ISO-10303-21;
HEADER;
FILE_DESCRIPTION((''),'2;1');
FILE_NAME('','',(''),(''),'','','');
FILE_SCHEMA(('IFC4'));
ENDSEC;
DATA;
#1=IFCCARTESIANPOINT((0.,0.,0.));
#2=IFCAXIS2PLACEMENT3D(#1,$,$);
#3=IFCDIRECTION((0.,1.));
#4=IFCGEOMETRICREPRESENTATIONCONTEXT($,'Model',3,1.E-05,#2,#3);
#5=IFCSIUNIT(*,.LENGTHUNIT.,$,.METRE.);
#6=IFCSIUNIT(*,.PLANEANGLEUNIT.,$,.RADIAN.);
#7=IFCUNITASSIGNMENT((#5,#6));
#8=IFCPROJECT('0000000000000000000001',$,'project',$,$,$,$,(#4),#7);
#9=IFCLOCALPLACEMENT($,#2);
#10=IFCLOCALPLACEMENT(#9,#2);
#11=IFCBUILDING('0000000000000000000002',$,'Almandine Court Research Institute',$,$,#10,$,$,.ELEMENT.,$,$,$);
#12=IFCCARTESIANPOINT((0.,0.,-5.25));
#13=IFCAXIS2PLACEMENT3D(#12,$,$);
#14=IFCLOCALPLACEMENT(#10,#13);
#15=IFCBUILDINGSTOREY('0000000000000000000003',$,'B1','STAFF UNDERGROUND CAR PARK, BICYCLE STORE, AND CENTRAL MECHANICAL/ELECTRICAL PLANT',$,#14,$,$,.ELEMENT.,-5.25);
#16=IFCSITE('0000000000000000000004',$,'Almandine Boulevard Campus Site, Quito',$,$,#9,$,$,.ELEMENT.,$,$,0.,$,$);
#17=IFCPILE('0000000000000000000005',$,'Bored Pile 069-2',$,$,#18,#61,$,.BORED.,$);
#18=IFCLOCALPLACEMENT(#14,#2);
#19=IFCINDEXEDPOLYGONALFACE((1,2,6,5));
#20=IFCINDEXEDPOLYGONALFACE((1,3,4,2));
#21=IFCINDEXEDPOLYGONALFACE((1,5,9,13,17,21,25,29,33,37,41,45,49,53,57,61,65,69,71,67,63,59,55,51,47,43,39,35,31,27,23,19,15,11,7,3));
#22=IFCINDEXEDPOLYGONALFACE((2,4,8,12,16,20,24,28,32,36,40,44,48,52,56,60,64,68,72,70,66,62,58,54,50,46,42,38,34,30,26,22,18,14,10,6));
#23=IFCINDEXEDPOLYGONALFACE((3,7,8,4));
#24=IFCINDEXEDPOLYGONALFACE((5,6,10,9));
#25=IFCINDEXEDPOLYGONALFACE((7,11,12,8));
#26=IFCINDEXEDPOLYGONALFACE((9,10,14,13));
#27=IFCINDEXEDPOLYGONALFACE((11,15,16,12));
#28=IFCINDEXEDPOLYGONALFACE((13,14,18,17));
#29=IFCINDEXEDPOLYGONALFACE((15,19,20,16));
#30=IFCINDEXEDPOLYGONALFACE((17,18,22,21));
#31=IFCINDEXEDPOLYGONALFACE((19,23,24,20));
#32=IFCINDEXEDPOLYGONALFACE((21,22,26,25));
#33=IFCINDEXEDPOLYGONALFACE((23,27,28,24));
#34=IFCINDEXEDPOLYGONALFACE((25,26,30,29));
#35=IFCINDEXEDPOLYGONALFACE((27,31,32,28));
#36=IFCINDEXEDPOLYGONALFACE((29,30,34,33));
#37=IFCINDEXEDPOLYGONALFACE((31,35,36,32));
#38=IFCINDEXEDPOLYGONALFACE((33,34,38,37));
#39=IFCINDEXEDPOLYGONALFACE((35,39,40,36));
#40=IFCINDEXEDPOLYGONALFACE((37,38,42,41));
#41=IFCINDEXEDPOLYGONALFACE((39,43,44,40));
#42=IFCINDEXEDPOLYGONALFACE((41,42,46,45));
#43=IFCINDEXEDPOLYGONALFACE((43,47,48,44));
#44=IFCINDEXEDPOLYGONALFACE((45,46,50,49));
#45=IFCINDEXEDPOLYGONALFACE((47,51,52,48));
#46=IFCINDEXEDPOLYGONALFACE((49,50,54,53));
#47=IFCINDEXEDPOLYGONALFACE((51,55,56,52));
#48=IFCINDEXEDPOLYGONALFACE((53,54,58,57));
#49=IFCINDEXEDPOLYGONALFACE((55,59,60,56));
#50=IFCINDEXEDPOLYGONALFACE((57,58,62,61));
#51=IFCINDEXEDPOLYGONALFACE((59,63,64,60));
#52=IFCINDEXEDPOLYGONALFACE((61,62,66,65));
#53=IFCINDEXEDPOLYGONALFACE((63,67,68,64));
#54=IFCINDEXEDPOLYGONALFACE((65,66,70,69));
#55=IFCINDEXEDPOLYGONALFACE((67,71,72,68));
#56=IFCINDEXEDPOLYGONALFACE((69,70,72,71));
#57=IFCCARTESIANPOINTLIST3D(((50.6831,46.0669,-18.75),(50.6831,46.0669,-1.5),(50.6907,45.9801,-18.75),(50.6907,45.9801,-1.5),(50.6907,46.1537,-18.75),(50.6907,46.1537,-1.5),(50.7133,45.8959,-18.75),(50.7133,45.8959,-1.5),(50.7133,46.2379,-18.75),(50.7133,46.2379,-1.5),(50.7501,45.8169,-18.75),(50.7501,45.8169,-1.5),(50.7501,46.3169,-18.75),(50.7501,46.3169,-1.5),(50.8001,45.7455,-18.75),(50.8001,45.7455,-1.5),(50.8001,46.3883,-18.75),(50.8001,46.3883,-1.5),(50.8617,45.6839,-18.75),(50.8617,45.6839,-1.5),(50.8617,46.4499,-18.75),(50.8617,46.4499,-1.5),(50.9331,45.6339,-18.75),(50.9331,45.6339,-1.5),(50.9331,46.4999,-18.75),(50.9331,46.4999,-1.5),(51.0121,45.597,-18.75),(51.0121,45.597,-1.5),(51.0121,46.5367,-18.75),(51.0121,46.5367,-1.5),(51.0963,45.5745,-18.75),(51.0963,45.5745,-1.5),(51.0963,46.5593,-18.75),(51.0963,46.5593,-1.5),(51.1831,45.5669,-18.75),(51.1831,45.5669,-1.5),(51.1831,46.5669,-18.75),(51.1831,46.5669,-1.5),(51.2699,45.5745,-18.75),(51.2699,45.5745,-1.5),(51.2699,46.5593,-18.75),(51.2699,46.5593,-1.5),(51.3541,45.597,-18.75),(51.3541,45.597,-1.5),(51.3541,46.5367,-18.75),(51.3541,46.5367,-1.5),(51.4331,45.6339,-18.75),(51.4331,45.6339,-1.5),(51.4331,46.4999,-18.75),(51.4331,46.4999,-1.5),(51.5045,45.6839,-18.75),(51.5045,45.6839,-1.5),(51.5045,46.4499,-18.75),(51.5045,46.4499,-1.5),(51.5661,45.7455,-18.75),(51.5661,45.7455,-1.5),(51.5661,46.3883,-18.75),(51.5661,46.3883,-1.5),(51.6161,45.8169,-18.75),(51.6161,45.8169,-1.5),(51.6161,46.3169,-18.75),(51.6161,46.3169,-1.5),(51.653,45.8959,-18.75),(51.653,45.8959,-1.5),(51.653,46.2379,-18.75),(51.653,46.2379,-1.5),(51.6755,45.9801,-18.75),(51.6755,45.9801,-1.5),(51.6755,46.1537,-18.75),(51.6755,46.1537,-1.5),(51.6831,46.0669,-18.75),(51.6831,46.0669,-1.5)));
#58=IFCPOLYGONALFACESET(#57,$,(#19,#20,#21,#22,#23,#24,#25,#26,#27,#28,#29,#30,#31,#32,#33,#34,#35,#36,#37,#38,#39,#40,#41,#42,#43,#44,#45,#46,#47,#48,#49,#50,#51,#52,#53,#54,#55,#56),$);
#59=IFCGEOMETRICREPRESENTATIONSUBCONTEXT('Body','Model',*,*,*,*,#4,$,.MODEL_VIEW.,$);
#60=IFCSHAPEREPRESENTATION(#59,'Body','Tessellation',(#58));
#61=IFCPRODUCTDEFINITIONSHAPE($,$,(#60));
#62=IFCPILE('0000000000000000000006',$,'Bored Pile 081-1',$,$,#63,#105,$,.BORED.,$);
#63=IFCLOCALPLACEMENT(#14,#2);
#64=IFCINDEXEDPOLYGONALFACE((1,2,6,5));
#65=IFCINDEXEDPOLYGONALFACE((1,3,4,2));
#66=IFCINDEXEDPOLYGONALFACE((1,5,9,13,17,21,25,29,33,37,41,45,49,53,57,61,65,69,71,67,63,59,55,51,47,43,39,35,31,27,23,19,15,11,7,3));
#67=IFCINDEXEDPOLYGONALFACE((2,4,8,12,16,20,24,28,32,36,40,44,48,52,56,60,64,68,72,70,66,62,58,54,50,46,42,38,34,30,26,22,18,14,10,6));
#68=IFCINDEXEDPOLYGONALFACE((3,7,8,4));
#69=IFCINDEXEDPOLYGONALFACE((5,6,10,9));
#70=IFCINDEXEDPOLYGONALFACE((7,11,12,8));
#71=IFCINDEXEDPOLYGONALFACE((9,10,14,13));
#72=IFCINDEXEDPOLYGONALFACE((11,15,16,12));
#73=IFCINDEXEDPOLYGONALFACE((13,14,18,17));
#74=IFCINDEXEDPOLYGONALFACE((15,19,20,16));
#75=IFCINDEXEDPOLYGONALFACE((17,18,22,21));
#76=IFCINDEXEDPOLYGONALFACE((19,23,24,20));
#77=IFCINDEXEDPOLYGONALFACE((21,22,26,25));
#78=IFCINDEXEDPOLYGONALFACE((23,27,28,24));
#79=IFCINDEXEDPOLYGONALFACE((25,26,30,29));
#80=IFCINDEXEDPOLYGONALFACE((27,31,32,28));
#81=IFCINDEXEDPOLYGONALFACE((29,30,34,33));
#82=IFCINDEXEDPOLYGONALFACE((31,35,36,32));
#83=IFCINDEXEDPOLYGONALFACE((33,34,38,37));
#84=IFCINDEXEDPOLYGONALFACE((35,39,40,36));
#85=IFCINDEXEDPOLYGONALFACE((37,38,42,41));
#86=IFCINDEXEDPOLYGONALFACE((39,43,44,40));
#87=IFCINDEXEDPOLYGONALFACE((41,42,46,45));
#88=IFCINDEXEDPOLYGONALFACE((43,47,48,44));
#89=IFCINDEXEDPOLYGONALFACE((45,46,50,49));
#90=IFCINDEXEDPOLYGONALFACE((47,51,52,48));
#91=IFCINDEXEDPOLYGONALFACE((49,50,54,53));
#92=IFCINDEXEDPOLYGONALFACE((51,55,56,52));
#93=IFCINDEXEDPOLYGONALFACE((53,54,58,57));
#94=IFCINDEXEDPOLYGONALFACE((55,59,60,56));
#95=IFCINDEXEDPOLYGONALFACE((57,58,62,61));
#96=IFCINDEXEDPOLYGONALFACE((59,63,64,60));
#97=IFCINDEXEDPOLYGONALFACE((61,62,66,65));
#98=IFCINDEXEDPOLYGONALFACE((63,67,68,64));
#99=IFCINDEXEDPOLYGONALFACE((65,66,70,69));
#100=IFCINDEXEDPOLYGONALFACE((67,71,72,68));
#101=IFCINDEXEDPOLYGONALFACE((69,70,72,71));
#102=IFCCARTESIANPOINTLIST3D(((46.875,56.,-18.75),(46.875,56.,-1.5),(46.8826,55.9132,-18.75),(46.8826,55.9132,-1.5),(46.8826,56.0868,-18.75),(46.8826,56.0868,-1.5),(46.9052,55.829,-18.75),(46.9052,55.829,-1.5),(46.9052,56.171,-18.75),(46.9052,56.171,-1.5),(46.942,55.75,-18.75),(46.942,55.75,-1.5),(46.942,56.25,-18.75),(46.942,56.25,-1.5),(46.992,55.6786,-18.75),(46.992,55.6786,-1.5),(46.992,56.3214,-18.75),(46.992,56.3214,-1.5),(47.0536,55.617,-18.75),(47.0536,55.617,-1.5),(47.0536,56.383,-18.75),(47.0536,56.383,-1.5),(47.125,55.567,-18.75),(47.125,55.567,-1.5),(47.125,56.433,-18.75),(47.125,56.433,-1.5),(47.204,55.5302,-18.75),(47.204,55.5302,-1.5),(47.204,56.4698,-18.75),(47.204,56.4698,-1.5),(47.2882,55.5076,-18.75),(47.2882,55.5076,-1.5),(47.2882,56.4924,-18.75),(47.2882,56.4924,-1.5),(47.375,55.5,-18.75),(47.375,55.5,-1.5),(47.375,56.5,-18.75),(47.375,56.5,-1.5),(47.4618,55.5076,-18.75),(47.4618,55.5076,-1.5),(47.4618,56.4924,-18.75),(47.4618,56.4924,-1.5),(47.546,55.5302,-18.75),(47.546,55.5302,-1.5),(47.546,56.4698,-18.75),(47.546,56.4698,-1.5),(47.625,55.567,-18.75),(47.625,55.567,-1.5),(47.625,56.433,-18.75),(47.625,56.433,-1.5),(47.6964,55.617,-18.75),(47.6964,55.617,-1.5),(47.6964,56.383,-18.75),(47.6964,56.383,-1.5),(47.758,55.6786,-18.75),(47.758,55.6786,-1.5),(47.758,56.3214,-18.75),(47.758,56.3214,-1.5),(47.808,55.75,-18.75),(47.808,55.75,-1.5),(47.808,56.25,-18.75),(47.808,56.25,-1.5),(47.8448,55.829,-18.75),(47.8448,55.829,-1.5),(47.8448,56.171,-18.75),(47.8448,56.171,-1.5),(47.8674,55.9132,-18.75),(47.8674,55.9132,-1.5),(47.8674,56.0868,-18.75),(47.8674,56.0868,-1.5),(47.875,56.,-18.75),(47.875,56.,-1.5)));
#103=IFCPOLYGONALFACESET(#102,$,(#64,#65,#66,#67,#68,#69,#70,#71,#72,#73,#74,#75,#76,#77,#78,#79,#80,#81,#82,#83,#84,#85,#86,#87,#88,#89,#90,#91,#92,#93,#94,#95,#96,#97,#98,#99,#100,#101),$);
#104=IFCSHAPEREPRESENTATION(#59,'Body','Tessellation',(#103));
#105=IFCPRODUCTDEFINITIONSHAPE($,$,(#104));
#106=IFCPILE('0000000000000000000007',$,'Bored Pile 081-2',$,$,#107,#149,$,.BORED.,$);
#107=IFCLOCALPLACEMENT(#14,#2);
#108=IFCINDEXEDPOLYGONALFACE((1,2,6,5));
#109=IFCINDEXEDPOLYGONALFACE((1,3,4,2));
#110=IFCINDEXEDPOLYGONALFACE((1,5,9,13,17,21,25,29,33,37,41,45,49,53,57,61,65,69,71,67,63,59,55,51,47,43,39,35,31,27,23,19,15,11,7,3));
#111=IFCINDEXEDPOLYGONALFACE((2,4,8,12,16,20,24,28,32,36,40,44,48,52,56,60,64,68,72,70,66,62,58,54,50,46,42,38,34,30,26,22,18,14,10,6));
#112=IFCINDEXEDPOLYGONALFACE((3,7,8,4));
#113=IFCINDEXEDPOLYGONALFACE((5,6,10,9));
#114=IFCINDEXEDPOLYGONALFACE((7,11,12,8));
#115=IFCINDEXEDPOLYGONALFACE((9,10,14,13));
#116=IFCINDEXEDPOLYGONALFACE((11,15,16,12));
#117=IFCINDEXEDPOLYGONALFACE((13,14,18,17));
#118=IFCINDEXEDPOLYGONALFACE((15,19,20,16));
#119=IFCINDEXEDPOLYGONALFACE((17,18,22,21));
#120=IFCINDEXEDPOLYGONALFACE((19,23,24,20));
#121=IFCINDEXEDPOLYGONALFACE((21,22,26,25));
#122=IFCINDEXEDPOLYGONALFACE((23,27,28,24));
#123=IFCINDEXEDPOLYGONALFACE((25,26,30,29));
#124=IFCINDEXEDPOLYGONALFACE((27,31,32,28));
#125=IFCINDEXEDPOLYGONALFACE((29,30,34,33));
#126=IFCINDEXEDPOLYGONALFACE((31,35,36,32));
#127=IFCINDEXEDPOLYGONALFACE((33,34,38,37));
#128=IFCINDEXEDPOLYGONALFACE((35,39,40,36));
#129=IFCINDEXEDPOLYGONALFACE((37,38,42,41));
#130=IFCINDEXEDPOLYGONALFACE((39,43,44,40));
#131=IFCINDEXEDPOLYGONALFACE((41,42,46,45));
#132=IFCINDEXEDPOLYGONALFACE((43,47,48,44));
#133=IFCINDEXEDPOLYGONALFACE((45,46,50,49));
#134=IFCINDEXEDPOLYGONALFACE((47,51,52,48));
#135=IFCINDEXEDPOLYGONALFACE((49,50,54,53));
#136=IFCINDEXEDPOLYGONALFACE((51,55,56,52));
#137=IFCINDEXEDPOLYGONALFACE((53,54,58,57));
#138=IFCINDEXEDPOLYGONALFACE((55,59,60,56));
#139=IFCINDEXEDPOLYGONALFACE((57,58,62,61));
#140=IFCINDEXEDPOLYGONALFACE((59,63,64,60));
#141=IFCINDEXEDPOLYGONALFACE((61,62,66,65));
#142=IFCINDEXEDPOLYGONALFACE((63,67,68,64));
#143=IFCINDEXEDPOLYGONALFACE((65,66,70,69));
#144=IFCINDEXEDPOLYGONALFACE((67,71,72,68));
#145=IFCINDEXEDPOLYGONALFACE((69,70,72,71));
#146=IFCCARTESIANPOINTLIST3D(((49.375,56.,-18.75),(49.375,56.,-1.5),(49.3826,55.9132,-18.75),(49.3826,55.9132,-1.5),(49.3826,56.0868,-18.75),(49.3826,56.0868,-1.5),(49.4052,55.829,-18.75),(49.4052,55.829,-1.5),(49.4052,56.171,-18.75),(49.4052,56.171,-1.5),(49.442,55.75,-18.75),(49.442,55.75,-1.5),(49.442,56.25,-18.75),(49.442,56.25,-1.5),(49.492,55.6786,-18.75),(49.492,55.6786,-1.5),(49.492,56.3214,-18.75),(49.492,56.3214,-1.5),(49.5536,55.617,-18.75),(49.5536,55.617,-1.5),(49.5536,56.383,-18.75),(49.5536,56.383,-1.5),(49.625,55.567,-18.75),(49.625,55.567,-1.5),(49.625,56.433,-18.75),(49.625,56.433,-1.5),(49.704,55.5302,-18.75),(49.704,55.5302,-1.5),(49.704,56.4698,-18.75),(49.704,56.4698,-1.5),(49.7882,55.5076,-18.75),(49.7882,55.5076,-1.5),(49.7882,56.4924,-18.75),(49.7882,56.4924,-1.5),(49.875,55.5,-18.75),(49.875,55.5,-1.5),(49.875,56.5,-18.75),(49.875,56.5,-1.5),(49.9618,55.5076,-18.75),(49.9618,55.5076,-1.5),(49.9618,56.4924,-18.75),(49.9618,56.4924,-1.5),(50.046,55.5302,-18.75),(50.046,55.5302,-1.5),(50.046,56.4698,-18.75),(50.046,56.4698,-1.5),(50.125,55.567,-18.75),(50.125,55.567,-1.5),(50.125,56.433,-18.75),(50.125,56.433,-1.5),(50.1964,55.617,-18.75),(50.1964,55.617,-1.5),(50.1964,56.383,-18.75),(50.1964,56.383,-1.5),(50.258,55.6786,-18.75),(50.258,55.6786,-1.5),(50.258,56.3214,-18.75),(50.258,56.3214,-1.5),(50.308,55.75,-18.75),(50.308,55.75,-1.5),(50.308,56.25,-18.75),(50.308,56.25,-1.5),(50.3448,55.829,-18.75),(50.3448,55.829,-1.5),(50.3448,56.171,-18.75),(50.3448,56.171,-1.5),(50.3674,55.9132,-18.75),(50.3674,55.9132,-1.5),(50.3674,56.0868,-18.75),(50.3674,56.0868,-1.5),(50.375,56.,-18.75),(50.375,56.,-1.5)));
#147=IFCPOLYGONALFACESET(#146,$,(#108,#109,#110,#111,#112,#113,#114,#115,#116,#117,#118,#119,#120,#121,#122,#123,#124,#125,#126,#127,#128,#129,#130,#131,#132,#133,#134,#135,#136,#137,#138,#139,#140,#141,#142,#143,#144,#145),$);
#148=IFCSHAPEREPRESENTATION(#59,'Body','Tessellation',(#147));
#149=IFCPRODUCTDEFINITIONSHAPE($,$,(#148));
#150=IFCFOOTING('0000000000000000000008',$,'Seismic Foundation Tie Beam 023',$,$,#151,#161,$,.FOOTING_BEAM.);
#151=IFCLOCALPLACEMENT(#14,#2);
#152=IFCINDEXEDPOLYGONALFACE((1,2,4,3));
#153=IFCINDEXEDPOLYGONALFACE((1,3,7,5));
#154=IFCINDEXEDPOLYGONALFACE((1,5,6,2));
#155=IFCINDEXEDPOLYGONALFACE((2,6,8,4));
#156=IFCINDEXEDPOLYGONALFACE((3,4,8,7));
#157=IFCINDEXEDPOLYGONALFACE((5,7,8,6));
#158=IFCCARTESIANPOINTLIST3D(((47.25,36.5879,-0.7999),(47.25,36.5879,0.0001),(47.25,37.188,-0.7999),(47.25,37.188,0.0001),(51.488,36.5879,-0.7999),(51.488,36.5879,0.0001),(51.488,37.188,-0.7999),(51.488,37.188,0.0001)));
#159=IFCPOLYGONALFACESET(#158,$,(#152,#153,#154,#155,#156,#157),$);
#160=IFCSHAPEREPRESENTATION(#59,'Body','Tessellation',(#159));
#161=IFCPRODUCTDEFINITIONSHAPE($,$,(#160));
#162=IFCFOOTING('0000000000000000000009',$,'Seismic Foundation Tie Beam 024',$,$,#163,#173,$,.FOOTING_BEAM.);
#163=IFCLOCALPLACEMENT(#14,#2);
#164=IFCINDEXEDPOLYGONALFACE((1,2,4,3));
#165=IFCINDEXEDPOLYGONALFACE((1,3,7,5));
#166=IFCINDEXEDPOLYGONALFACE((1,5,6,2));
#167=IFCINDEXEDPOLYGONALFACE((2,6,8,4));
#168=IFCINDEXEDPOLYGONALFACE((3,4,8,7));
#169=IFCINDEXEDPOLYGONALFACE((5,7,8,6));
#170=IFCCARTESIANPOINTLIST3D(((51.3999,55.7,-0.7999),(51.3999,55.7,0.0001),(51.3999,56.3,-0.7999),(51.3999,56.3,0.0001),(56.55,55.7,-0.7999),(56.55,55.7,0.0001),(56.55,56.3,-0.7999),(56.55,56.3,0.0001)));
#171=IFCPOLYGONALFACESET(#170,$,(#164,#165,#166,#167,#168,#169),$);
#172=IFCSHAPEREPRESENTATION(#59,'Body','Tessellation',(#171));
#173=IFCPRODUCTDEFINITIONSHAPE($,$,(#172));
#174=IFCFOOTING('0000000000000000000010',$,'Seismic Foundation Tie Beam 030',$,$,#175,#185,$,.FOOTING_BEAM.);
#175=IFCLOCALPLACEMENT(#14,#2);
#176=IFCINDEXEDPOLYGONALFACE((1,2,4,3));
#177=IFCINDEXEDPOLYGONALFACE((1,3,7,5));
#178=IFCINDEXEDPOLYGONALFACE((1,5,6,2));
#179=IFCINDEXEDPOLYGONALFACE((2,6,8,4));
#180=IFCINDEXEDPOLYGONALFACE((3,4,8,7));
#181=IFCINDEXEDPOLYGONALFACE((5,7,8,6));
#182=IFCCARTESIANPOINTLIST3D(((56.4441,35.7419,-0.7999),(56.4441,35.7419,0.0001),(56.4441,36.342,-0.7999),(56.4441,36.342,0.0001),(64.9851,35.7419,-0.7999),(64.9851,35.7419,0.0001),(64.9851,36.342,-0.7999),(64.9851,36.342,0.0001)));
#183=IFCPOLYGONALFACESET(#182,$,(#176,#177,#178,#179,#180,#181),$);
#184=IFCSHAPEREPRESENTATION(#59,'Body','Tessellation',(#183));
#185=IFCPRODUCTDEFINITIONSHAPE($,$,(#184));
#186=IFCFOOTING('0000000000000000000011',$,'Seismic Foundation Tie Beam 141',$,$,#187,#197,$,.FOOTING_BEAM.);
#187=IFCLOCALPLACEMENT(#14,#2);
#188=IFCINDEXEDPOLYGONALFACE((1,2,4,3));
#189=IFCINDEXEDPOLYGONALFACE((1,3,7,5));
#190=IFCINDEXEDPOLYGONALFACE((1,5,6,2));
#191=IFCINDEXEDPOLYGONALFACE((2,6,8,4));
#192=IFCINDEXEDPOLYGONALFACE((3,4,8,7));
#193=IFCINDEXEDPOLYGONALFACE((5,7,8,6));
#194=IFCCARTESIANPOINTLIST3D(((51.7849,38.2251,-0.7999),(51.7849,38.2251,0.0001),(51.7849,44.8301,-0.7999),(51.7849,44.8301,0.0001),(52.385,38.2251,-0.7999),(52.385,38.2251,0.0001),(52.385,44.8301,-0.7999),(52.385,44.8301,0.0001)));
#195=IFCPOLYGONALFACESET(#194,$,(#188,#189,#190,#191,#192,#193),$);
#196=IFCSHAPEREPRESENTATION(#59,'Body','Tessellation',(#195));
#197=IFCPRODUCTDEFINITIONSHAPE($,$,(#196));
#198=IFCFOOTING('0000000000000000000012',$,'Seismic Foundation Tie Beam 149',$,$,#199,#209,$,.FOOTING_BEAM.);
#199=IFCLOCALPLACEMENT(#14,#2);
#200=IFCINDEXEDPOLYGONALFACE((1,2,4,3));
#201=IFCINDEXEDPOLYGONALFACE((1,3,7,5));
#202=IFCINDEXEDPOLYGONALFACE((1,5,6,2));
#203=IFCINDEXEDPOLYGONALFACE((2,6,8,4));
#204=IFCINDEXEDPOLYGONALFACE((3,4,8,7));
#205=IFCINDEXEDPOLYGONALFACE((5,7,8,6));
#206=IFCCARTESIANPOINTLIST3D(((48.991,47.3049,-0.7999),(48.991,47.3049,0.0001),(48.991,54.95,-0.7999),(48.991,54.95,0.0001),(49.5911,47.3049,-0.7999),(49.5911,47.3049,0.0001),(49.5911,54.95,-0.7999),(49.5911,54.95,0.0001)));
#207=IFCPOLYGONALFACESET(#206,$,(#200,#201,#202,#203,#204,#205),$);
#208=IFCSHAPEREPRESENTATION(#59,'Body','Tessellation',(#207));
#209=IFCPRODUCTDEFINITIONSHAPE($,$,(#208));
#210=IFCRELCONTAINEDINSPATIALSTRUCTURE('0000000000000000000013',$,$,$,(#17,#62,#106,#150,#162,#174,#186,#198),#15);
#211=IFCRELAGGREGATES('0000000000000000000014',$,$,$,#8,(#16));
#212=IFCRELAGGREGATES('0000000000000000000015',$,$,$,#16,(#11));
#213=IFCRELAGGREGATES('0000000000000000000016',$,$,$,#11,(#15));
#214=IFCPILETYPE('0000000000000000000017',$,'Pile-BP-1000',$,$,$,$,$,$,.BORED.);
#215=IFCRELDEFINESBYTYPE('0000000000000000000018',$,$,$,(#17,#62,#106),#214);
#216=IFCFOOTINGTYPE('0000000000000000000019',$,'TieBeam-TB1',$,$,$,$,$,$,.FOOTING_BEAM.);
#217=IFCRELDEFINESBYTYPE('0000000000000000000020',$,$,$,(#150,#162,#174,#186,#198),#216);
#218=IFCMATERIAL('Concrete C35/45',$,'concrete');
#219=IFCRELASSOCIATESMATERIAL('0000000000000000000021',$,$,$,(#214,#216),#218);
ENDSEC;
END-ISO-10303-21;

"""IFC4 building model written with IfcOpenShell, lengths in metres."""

from ifc_helpers import new_model, si_unit, direction, frame, origin, origin_2d, place, context, subcontext, project, spatial, rectangle, circle, extrude, material, material_profile, profile_set, type_object, element, save


model = new_model("IFC4")

# Units and contexts
model_context = context("Model", 3, precision=1e-05, world=origin(), true_north=direction((0.0, 1.0)))
body_context = subcontext(model_context, "Body", "Model", "MODEL_VIEW")
ifc_project = project(units=[si_unit("LENGTHUNIT", "METRE"), si_unit("PLANEANGLEUNIT", "RADIAN")], contexts=[model_context])

# Site, building, storey
site_placement = place(None, origin())
site = spatial("IfcSite", under=ifc_project, at=site_placement, Name="Almandine Boulevard Campus Site, Quito", CompositionType="ELEMENT", RefElevation=0.0)
building_placement = place(site_placement, origin())
building = spatial("IfcBuilding", under=site, at=building_placement, Name="Almandine Court Research Institute", CompositionType="ELEMENT")
storey_placement = place(building_placement, frame((0.0, 0.0, -5.25)))
storey = spatial("IfcBuildingStorey", under=building, at=storey_placement, Name="B1", Description="STAFF UNDERGROUND CAR PARK, BICYCLE STORE, AND CENTRAL MECHANICAL/ELECTRICAL PLANT", CompositionType="ELEMENT", Elevation=-5.25)

# Shared definitions
ifc_material_1 = material(Name="Concrete C35/45", Category="concrete")

# Piles
ifc_material_profile_1 = material_profile(ifc_material_1, circle(Radius=0.5, at=origin_2d()), Name="BORED PILE D1000")
ifc_profile_set_1 = profile_set([ifc_material_profile_1], Name="Concrete C35/45")
pile_type = type_object("IfcPileType", Name="Pile-BP-1000", PredefinedType="BORED", material=ifc_profile_set_1)
for number, where, z_axis, x_axis, name in (
    (1, (51.1831, 46.0669, -1.5), (0.0, 0.0, -1.0), (1.0, 0.0, 0.0), "Bored Pile 069-2"),
    (2, (47.375, 56.0, -1.5), (0.0, 0.0, -1.0), (1.0, 0.0, 0.0), "Bored Pile 081-1"),
    (3, (49.875, 56.0, -1.5), (0.0, 0.0, -1.0), (1.0, 0.0, 0.0), "Bored Pile 081-2"),
):
    element("IfcPile", number, at=place(storey_placement, frame(where, z_axis=z_axis, x_axis=x_axis)), inside=storey, type_object=pile_type, Name=name, PredefinedType="BORED", context=body_context, shape_type="SweptSolid", body=[
        extrude(circle(Radius=0.5, at=origin_2d()), origin(), (0.0, 0.0, 1.0), 17.25),
    ])

# Footings
ifc_material_profile_2 = material_profile(ifc_material_1, rectangle(XDim=0.6001, YDim=0.8, at=origin_2d()), Name="RC TIE 600x800")
ifc_profile_set_2 = profile_set([ifc_material_profile_2], Name="Concrete C35/45")
footing_type_1 = type_object("IfcFootingType", Name="TieBeam-TB1", PredefinedType="FOOTING_BEAM", material=ifc_profile_set_2)
footing_1_placement = place(storey_placement, frame((47.25, 36.8879, -0.3999), z_axis=(1.0, 0.0, 0.0), x_axis=(0.0, 1.0, 0.0)))
element("IfcFooting", 4, at=footing_1_placement, inside=storey, type_object=footing_type_1, Name="Seismic Foundation Tie Beam 023", PredefinedType="FOOTING_BEAM", context=body_context, shape_type="SweptSolid", body=[
    extrude(rectangle(XDim=0.6001, YDim=0.8, at=origin_2d()), origin(), (0.0, 0.0, 1.0), 4.238),
])
footing_2_placement = place(storey_placement, frame((51.3999, 56.0, -0.3999), z_axis=(1.0, 0.0, 0.0), x_axis=(0.0, 1.0, 0.0)))
element("IfcFooting", 5, at=footing_2_placement, inside=storey, type_object=footing_type_1, Name="Seismic Foundation Tie Beam 024", PredefinedType="FOOTING_BEAM", context=body_context, shape_type="SweptSolid", body=[
    extrude(rectangle(XDim=0.6001, YDim=0.8, at=origin_2d()), origin(), (0.0, 0.0, 1.0), 5.1501),
])
footing_3_placement = place(storey_placement, frame((56.4441, 36.042, -0.3999), z_axis=(1.0, 0.0, 0.0), x_axis=(0.0, 1.0, 0.0)))
element("IfcFooting", 6, at=footing_3_placement, inside=storey, type_object=footing_type_1, Name="Seismic Foundation Tie Beam 030", PredefinedType="FOOTING_BEAM", context=body_context, shape_type="SweptSolid", body=[
    extrude(rectangle(XDim=0.6001, YDim=0.8, at=origin_2d()), origin(), (0.0, 0.0, 1.0), 8.541),
])
footing_4_placement = place(storey_placement, frame((52.085, 38.2251, -0.3999), z_axis=(0.0, 1.0, 0.0), x_axis=(-1.0, 0.0, 0.0)))
element("IfcFooting", 7, at=footing_4_placement, inside=storey, type_object=footing_type_1, Name="Seismic Foundation Tie Beam 141", PredefinedType="FOOTING_BEAM", context=body_context, shape_type="SweptSolid", body=[
    extrude(rectangle(XDim=0.6001, YDim=0.8, at=origin_2d()), origin(), (0.0, 0.0, 1.0), 6.605),
])
footing_5_placement = place(storey_placement, frame((49.291, 47.3049, -0.3999), z_axis=(0.0, 1.0, 0.0), x_axis=(-1.0, 0.0, 0.0)))
element("IfcFooting", 8, at=footing_5_placement, inside=storey, type_object=footing_type_1, Name="Seismic Foundation Tie Beam 149", PredefinedType="FOOTING_BEAM", context=body_context, shape_type="SweptSolid", body=[
    extrude(rectangle(XDim=0.6001, YDim=0.8, at=origin_2d()), origin(), (0.0, 0.0, 1.0), 7.645),
])

save(model, "model.ifc")
